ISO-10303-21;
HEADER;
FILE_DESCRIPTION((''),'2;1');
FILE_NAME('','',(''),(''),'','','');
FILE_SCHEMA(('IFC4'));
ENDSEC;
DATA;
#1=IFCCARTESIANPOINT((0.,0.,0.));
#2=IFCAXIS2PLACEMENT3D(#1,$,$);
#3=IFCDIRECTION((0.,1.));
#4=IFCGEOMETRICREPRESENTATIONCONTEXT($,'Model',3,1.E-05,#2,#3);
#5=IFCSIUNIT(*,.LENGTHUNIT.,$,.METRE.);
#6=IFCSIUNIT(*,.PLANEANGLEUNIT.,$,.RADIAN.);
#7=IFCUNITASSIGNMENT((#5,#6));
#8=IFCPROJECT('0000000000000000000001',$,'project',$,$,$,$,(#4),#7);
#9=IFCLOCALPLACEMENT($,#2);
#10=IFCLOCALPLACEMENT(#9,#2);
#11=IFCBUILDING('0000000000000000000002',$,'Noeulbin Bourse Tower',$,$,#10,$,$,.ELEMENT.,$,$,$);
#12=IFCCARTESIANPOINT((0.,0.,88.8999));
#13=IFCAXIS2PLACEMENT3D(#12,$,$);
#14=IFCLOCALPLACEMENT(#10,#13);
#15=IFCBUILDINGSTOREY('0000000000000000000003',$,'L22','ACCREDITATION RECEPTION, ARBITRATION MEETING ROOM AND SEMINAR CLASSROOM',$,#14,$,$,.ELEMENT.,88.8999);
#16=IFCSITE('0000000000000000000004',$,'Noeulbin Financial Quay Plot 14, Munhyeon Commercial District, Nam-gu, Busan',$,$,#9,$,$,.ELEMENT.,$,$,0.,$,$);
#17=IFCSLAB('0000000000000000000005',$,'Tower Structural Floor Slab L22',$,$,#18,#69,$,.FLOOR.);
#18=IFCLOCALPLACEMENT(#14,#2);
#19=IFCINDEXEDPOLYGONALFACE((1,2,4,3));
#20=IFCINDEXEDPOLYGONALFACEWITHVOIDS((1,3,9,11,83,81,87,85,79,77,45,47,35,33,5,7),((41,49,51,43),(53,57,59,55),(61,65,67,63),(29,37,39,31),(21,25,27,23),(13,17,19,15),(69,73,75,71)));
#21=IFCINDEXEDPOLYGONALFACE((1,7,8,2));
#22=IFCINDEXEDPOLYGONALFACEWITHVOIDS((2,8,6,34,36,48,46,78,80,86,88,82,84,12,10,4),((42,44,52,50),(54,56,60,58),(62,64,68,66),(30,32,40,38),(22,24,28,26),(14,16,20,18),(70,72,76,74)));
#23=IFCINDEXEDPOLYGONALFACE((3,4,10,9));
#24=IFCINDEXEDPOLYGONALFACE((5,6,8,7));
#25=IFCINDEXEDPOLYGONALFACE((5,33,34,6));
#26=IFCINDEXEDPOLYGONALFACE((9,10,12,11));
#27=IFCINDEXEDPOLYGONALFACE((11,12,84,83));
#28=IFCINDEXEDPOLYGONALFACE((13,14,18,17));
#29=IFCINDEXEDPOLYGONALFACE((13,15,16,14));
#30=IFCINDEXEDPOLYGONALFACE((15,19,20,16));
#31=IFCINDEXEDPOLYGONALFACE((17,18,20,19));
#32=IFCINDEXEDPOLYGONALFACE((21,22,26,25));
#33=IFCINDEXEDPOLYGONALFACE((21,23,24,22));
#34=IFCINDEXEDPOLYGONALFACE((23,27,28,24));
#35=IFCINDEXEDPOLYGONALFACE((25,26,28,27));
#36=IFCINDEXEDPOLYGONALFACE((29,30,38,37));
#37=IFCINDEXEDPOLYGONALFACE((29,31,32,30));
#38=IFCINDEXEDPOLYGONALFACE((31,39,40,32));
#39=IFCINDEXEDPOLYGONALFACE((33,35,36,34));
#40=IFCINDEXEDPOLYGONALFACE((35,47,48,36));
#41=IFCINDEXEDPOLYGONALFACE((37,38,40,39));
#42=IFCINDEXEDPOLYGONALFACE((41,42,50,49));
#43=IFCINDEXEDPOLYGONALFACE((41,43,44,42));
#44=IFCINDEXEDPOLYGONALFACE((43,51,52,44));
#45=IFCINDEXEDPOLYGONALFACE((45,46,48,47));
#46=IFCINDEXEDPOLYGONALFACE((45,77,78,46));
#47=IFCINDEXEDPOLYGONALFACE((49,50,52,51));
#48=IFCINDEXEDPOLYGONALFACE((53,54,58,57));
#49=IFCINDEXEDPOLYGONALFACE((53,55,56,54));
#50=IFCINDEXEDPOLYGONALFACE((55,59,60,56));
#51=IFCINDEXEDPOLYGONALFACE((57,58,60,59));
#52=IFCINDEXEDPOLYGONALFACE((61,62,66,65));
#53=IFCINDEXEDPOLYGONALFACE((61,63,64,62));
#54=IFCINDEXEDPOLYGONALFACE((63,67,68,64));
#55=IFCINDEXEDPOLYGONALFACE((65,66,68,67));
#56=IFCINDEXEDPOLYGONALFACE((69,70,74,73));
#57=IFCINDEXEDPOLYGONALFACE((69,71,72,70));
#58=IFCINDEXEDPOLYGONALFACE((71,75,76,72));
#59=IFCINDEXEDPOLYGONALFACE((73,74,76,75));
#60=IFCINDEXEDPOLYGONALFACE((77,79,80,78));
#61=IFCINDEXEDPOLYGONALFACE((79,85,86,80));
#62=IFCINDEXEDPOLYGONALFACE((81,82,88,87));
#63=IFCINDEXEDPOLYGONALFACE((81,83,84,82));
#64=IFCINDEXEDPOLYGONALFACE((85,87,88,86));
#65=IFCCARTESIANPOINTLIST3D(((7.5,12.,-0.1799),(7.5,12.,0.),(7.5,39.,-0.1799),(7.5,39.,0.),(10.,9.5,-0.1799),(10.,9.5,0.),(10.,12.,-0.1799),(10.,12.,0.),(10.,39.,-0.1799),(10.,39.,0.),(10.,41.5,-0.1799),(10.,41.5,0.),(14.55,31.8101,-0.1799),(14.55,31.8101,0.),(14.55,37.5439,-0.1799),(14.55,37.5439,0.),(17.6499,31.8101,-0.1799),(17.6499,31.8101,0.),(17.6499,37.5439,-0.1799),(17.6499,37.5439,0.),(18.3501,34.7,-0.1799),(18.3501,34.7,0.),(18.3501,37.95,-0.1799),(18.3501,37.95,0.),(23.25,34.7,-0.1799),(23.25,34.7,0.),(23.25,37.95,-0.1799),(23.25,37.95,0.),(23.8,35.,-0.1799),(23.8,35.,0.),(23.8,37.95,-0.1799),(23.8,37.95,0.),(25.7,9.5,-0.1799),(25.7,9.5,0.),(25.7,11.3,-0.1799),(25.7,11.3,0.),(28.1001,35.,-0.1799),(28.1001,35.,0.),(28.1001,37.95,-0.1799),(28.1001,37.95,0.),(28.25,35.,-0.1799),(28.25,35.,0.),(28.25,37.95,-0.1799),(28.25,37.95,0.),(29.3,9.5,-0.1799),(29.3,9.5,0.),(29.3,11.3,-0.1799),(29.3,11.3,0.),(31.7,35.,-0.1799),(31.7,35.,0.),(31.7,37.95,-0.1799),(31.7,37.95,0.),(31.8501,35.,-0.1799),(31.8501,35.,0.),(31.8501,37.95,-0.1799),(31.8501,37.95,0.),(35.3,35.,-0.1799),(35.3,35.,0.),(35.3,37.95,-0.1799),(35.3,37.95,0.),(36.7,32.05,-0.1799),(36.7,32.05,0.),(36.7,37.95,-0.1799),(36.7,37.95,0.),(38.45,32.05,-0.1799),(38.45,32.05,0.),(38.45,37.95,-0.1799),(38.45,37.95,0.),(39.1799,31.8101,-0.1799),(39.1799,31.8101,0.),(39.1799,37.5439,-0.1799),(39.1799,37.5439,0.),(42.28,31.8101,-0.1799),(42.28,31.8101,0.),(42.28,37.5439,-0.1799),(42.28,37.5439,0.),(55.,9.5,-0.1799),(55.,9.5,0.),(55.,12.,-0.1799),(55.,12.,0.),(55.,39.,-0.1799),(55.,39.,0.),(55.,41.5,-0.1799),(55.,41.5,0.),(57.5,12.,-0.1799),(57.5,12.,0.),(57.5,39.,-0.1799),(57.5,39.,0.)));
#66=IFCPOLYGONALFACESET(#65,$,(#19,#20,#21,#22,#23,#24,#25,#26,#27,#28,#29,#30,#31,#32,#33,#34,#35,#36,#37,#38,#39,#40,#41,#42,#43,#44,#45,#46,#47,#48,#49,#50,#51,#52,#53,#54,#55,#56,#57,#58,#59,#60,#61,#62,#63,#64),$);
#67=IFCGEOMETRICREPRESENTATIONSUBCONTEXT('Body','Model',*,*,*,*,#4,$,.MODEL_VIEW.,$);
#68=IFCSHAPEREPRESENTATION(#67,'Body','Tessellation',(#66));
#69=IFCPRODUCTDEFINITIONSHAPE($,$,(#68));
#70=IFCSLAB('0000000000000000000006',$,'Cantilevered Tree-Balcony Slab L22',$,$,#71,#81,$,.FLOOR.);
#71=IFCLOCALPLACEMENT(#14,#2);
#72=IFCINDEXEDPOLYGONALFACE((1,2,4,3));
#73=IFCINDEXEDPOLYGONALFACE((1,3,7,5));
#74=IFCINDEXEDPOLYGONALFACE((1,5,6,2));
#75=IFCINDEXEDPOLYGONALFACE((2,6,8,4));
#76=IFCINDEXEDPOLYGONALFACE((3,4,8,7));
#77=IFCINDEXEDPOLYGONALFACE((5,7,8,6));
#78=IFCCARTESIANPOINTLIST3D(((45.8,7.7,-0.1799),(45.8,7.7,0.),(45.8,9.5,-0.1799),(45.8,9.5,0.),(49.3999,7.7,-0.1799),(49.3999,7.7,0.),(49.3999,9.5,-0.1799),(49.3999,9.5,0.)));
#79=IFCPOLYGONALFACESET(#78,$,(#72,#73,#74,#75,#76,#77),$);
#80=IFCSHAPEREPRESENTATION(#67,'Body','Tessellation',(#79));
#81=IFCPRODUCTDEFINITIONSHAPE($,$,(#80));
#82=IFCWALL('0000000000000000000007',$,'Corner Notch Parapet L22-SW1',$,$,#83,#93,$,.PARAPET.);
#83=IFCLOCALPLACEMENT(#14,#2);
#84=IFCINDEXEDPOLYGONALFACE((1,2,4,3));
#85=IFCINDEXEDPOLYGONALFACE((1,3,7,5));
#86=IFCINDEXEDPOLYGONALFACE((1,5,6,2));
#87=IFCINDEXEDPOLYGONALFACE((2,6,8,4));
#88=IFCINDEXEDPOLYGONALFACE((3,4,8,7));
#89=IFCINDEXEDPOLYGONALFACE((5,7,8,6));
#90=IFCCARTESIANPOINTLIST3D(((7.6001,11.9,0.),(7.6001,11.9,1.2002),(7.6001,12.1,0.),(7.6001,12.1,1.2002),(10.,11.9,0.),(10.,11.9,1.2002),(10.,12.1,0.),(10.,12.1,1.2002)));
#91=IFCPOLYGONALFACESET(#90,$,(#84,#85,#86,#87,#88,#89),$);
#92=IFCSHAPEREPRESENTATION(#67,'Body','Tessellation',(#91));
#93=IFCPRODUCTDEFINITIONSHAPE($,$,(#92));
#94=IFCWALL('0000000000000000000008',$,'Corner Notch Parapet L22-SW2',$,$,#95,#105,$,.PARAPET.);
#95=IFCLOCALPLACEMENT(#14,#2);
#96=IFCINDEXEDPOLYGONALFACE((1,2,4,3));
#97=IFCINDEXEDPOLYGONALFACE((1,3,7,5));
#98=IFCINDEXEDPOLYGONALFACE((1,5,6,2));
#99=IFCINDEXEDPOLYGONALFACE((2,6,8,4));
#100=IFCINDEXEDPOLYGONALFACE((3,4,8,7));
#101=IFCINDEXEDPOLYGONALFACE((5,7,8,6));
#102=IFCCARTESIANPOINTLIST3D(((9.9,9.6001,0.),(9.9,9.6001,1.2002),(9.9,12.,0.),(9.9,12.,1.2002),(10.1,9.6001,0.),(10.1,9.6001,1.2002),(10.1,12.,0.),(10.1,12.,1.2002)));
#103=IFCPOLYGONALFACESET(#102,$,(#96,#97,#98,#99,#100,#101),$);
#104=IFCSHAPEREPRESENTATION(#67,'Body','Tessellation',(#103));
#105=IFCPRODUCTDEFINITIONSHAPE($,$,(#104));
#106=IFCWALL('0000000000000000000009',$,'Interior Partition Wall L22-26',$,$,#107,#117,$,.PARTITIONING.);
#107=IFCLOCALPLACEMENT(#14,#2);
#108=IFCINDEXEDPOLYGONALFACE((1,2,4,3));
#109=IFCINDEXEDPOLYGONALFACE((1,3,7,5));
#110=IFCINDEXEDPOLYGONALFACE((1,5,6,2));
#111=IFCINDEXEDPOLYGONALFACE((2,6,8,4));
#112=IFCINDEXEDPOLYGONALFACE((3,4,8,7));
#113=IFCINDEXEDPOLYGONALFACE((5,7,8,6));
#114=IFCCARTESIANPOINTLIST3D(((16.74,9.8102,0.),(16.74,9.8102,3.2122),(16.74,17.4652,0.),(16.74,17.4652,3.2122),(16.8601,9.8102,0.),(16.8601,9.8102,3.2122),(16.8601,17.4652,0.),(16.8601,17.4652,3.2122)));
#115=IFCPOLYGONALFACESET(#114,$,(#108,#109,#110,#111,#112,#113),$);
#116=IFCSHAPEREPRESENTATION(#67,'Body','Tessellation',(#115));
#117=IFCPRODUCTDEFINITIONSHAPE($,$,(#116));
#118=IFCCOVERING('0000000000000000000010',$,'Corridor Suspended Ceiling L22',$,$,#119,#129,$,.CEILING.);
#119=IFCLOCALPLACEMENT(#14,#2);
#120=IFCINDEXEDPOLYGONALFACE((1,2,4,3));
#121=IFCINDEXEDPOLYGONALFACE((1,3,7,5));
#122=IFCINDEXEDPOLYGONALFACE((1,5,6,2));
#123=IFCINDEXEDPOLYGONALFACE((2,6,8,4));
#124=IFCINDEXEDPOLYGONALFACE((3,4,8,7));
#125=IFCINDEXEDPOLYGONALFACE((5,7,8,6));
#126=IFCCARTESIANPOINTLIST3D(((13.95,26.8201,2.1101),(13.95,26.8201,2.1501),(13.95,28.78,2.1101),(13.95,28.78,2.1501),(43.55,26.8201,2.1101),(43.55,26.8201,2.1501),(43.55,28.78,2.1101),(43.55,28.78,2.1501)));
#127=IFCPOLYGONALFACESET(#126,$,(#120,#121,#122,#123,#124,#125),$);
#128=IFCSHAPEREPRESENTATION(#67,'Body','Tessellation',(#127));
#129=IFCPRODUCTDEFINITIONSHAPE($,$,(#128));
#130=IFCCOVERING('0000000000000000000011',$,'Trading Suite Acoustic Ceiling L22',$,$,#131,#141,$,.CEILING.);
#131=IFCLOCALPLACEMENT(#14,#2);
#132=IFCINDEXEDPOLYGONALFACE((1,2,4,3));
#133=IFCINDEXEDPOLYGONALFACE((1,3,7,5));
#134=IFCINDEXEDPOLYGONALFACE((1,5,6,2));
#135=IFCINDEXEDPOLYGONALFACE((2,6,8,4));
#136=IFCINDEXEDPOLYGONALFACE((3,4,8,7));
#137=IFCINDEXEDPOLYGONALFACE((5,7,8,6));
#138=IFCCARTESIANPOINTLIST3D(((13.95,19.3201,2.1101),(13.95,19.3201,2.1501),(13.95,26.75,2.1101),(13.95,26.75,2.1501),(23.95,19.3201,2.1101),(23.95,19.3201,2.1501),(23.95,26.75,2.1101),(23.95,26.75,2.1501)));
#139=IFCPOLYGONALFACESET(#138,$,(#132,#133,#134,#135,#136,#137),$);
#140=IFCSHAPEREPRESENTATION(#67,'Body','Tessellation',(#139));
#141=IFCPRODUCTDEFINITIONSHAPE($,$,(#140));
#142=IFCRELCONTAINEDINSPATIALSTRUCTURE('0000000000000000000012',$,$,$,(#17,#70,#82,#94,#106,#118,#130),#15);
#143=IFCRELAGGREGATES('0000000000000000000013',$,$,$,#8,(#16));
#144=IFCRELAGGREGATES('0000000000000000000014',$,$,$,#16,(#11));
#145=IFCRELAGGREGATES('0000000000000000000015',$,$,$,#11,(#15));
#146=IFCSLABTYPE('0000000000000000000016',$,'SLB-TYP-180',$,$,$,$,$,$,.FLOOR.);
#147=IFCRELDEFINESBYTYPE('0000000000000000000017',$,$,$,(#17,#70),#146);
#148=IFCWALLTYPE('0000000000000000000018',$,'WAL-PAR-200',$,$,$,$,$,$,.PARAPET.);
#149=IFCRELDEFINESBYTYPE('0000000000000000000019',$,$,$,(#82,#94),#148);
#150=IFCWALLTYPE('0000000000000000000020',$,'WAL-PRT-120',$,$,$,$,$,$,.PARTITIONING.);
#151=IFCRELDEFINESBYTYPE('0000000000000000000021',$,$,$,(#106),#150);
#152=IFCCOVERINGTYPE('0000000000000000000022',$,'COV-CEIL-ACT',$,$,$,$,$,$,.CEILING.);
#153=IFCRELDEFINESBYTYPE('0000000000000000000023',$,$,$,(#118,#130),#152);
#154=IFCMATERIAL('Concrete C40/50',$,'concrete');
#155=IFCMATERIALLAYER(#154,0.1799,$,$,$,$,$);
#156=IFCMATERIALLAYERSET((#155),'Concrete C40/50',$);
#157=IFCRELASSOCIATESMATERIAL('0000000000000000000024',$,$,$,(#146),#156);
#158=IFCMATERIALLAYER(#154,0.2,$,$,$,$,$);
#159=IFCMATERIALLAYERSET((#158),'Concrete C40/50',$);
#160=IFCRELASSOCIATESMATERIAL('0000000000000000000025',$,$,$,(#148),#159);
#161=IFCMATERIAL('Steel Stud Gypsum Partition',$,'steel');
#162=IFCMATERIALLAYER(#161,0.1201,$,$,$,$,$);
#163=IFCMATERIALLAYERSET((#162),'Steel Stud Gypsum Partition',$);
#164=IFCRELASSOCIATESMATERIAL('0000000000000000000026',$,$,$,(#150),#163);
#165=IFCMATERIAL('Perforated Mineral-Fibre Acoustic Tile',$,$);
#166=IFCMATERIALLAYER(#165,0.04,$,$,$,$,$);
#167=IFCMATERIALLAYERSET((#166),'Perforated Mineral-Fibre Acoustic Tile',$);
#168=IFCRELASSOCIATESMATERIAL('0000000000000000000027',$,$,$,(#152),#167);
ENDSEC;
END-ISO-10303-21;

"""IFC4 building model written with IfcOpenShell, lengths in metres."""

from ifc_helpers import new_model, si_unit, direction, frame, frame_2d, origin, place, context, subcontext, project, spatial, polyline, rectangle, outline, extrude, material, layer, layer_set, type_object, element, save


model = new_model("IFC4")

# Units and contexts
model_context = context("Model", 3, precision=1e-05, world=origin(), true_north=direction((0.0, 1.0)))
body_context = subcontext(model_context, "Body", "Model", "MODEL_VIEW")
ifc_project = project(units=[si_unit("LENGTHUNIT", "METRE"), si_unit("PLANEANGLEUNIT", "RADIAN")], contexts=[model_context])

# Site, building, storey
site_placement = place(None, origin())
site = spatial("IfcSite", under=ifc_project, at=site_placement, Name="Noeulbin Financial Quay Plot 14, Munhyeon Commercial District, Nam-gu, Busan", CompositionType="ELEMENT", RefElevation=0.0)
building_placement = place(site_placement, origin())
building = spatial("IfcBuilding", under=site, at=building_placement, Name="Noeulbin Bourse Tower", CompositionType="ELEMENT")
storey_placement = place(building_placement, frame((0.0, 0.0, 88.8999)))
storey = spatial("IfcBuildingStorey", under=building, at=storey_placement, Name="L22", Description="ACCREDITATION RECEPTION, ARBITRATION MEETING ROOM AND SEMINAR CLASSROOM", CompositionType="ELEMENT", Elevation=88.8999)

# Shared definitions
ifc_material_1 = material(Name="Concrete C40/50", Category="concrete")

# Slab, openings
ifc_layer_1 = layer(ifc_material_1, 0.1799)
ifc_layer_set_1 = layer_set([ifc_layer_1], Name="Concrete C40/50")
slab_type_1 = type_object("IfcSlabType", Name="SLB-TYP-180", PredefinedType="FLOOR", material=ifc_layer_set_1)
slab_1_placement = place(storey_placement, frame((0.0, 0.0, -0.1799)))
slab_1 = element("IfcSlab", 1, at=slab_1_placement, inside=storey, type_object=slab_type_1, Name="Tower Structural Floor Slab L22", PredefinedType="FLOOR", context=body_context, shape_type="SweptSolid", body=[
    extrude(outline(polyline([(10.0, 9.5), (25.7, 9.5), (25.7, 11.3), (29.3, 11.3), (29.3, 9.5), (55.0, 9.5), (55.0, 12.0), (57.5, 12.0), (57.5, 39.0), (55.0, 39.0), (55.0, 41.5), (10.0, 41.5), (10.0, 39.0), (7.5, 39.0), (7.5, 12.0), (10.0, 12.0), (10.0, 9.5)]), holes=[polyline([(17.6499, 31.8101), (17.6499, 37.5439), (14.55, 37.5439), (14.55, 31.8101), (17.6499, 31.8101)]), polyline([(42.28, 31.8101), (42.28, 37.5439), (39.1799, 37.5439), (39.1799, 31.8101), (42.28, 31.8101)]), polyline([(18.3501, 34.7), (23.25, 34.7), (23.25, 37.95), (18.3501, 37.95), (18.3501, 34.7)]), polyline([(36.7, 32.05), (38.45, 32.05), (38.45, 37.95), (36.7, 37.95), (36.7, 32.05)]), polyline([(23.8, 35.0), (28.1001, 35.0), (28.1001, 37.95), (23.8, 37.95), (23.8, 35.0)]), polyline([(28.25, 35.0), (31.7, 35.0), (31.7, 37.95), (28.25, 37.95), (28.25, 35.0)]), polyline([(31.8501, 35.0), (35.3, 35.0), (35.3, 37.95), (31.8501, 37.95), (31.8501, 35.0)])]), origin(), (0.0, 0.0, 1.0), 0.1799),
])
opening_1_placement = place(slab_1_placement, frame((0.0, 0.0, -0.01)))
element("IfcOpeningElement", 2, at=opening_1_placement, cuts=slab_1, PredefinedType="OPENING", context=body_context, shape_type="SweptSolid", body=[
    extrude(outline(polyline([(17.6499, 31.8101), (17.6499, 37.5439), (14.55, 37.5439), (14.55, 31.8101), (17.6499, 31.8101)])), origin(), (0.0, 0.0, 1.0), 0.2),
])
opening_2_placement = place(slab_1_placement, frame((0.0, 0.0, -0.01)))
element("IfcOpeningElement", 3, at=opening_2_placement, cuts=slab_1, PredefinedType="OPENING", context=body_context, shape_type="SweptSolid", body=[
    extrude(outline(polyline([(42.28, 31.8101), (42.28, 37.5439), (39.1799, 37.5439), (39.1799, 31.8101), (42.28, 31.8101)])), origin(), (0.0, 0.0, 1.0), 0.2),
])
opening_3_placement = place(slab_1_placement, frame((0.0, 0.0, -0.01)))
element("IfcOpeningElement", 4, at=opening_3_placement, cuts=slab_1, PredefinedType="OPENING", context=body_context, shape_type="SweptSolid", body=[
    extrude(outline(polyline([(18.3501, 34.7), (23.25, 34.7), (23.25, 37.95), (18.3501, 37.95), (18.3501, 34.7)])), origin(), (0.0, 0.0, 1.0), 0.2),
])
opening_4_placement = place(slab_1_placement, frame((0.0, 0.0, -0.01)))
element("IfcOpeningElement", 5, at=opening_4_placement, cuts=slab_1, PredefinedType="OPENING", context=body_context, shape_type="SweptSolid", body=[
    extrude(outline(polyline([(36.7, 32.05), (38.45, 32.05), (38.45, 37.95), (36.7, 37.95), (36.7, 32.05)])), origin(), (0.0, 0.0, 1.0), 0.2),
])
opening_5_placement = place(slab_1_placement, frame((0.0, 0.0, -0.01)))
element("IfcOpeningElement", 6, at=opening_5_placement, cuts=slab_1, PredefinedType="OPENING", context=body_context, shape_type="SweptSolid", body=[
    extrude(outline(polyline([(23.8, 35.0), (28.1001, 35.0), (28.1001, 37.95), (23.8, 37.95), (23.8, 35.0)])), origin(), (0.0, 0.0, 1.0), 0.2),
])
opening_6_placement = place(slab_1_placement, frame((0.0, 0.0, -0.01)))
element("IfcOpeningElement", 7, at=opening_6_placement, cuts=slab_1, PredefinedType="OPENING", context=body_context, shape_type="SweptSolid", body=[
    extrude(outline(polyline([(28.25, 35.0), (31.7, 35.0), (31.7, 37.95), (28.25, 37.95), (28.25, 35.0)])), origin(), (0.0, 0.0, 1.0), 0.2),
])
opening_7_placement = place(slab_1_placement, frame((0.0, 0.0, -0.01)))
element("IfcOpeningElement", 8, at=opening_7_placement, cuts=slab_1, PredefinedType="OPENING", context=body_context, shape_type="SweptSolid", body=[
    extrude(outline(polyline([(31.8501, 35.0), (35.3, 35.0), (35.3, 37.95), (31.8501, 37.95), (31.8501, 35.0)])), origin(), (0.0, 0.0, 1.0), 0.2),
])

# Slab
slab_2_placement = place(storey_placement, frame((0.0, 0.0, -0.1799)))
element("IfcSlab", 9, at=slab_2_placement, inside=storey, type_object=slab_type_1, Name="Cantilevered Tree-Balcony Slab L22", PredefinedType="FLOOR", context=body_context, shape_type="SweptSolid", body=[
    extrude(outline(polyline([(45.8, 7.7), (49.3999, 7.7), (49.3999, 9.5), (45.8, 9.5), (45.8, 7.7)])), origin(), (0.0, 0.0, 1.0), 0.1799),
])

# Walls
ifc_layer_2 = layer(ifc_material_1, 0.2)
ifc_layer_set_2 = layer_set([ifc_layer_2], Name="Concrete C40/50")
wall_type_1 = type_object("IfcWallType", Name="WAL-PAR-200", PredefinedType="PARAPET", material=ifc_layer_set_2)
for number, where, z_axis, x_axis, name in (
    (10, (7.6001, 12.0, 0.0), (0.0, 0.0, 1.0), (1.0, 0.0, 0.0), "Corner Notch Parapet L22-SW1"),
    (11, (10.0, 12.0, 0.0), (0.0, 0.0, 1.0), (0.0, -1.0, 0.0), "Corner Notch Parapet L22-SW2"),
):
    element("IfcWall", number, at=place(storey_placement, frame(where, z_axis=z_axis, x_axis=x_axis)), inside=storey, type_object=wall_type_1, Name=name, PredefinedType="PARAPET", context=body_context, shape_type="SweptSolid", body=[
        extrude(rectangle(XDim=2.3999, YDim=0.2, at=frame_2d((1.2, 0.0))), origin(), (0.0, 0.0, 1.0), 1.2002),
    ])
ifc_material_2 = material(Name="Steel Stud Gypsum Partition", Category="steel")
ifc_layer_3 = layer(ifc_material_2, 0.1201)
ifc_layer_set_3 = layer_set([ifc_layer_3], Name="Steel Stud Gypsum Partition")
wall_type_2 = type_object("IfcWallType", Name="WAL-PRT-120", PredefinedType="PARTITIONING", material=ifc_layer_set_3)
wall_placement = place(storey_placement, frame((16.8, 9.8101, 0.0), z_axis=(0.0, 0.0, 1.0), x_axis=(0.0, 1.0, 0.0)))
element("IfcWall", 12, at=wall_placement, inside=storey, type_object=wall_type_2, Name="Interior Partition Wall L22-26", PredefinedType="PARTITIONING", context=body_context, shape_type="SweptSolid", body=[
    extrude(rectangle(XDim=7.655, YDim=0.1201, at=frame_2d((3.8276, 0.0))), origin(), (0.0, 0.0, 1.0), 3.2122),
])

# Coverings
ifc_material_3 = material(Name="Perforated Mineral-Fibre Acoustic Tile")
ifc_layer_4 = layer(ifc_material_3, 0.04)
ifc_layer_set_4 = layer_set([ifc_layer_4], Name="Perforated Mineral-Fibre Acoustic Tile")
covering_type = type_object("IfcCoveringType", Name="COV-CEIL-ACT", PredefinedType="CEILING", material=ifc_layer_set_4)
covering_1_placement = place(storey_placement, frame((0.0, 0.0, 2.1101)))
element("IfcCovering", 13, at=covering_1_placement, inside=storey, type_object=covering_type, Name="Corridor Suspended Ceiling L22", PredefinedType="CEILING", context=body_context, shape_type="SweptSolid", body=[
    extrude(outline(polyline([(13.95, 26.8201), (43.55, 26.8201), (43.55, 28.78), (13.95, 28.78), (13.95, 26.8201)])), origin(), (0.0, 0.0, 1.0), 0.04),
])
covering_2_placement = place(storey_placement, frame((0.0, 0.0, 2.1101)))
element("IfcCovering", 14, at=covering_2_placement, inside=storey, type_object=covering_type, Name="Trading Suite Acoustic Ceiling L22", PredefinedType="CEILING", context=body_context, shape_type="SweptSolid", body=[
    extrude(outline(polyline([(13.95, 19.3201), (23.95, 19.3201), (23.95, 26.75), (13.95, 26.75), (13.95, 19.3201)])), origin(), (0.0, 0.0, 1.0), 0.04),
])

save(model, "model.ifc")
